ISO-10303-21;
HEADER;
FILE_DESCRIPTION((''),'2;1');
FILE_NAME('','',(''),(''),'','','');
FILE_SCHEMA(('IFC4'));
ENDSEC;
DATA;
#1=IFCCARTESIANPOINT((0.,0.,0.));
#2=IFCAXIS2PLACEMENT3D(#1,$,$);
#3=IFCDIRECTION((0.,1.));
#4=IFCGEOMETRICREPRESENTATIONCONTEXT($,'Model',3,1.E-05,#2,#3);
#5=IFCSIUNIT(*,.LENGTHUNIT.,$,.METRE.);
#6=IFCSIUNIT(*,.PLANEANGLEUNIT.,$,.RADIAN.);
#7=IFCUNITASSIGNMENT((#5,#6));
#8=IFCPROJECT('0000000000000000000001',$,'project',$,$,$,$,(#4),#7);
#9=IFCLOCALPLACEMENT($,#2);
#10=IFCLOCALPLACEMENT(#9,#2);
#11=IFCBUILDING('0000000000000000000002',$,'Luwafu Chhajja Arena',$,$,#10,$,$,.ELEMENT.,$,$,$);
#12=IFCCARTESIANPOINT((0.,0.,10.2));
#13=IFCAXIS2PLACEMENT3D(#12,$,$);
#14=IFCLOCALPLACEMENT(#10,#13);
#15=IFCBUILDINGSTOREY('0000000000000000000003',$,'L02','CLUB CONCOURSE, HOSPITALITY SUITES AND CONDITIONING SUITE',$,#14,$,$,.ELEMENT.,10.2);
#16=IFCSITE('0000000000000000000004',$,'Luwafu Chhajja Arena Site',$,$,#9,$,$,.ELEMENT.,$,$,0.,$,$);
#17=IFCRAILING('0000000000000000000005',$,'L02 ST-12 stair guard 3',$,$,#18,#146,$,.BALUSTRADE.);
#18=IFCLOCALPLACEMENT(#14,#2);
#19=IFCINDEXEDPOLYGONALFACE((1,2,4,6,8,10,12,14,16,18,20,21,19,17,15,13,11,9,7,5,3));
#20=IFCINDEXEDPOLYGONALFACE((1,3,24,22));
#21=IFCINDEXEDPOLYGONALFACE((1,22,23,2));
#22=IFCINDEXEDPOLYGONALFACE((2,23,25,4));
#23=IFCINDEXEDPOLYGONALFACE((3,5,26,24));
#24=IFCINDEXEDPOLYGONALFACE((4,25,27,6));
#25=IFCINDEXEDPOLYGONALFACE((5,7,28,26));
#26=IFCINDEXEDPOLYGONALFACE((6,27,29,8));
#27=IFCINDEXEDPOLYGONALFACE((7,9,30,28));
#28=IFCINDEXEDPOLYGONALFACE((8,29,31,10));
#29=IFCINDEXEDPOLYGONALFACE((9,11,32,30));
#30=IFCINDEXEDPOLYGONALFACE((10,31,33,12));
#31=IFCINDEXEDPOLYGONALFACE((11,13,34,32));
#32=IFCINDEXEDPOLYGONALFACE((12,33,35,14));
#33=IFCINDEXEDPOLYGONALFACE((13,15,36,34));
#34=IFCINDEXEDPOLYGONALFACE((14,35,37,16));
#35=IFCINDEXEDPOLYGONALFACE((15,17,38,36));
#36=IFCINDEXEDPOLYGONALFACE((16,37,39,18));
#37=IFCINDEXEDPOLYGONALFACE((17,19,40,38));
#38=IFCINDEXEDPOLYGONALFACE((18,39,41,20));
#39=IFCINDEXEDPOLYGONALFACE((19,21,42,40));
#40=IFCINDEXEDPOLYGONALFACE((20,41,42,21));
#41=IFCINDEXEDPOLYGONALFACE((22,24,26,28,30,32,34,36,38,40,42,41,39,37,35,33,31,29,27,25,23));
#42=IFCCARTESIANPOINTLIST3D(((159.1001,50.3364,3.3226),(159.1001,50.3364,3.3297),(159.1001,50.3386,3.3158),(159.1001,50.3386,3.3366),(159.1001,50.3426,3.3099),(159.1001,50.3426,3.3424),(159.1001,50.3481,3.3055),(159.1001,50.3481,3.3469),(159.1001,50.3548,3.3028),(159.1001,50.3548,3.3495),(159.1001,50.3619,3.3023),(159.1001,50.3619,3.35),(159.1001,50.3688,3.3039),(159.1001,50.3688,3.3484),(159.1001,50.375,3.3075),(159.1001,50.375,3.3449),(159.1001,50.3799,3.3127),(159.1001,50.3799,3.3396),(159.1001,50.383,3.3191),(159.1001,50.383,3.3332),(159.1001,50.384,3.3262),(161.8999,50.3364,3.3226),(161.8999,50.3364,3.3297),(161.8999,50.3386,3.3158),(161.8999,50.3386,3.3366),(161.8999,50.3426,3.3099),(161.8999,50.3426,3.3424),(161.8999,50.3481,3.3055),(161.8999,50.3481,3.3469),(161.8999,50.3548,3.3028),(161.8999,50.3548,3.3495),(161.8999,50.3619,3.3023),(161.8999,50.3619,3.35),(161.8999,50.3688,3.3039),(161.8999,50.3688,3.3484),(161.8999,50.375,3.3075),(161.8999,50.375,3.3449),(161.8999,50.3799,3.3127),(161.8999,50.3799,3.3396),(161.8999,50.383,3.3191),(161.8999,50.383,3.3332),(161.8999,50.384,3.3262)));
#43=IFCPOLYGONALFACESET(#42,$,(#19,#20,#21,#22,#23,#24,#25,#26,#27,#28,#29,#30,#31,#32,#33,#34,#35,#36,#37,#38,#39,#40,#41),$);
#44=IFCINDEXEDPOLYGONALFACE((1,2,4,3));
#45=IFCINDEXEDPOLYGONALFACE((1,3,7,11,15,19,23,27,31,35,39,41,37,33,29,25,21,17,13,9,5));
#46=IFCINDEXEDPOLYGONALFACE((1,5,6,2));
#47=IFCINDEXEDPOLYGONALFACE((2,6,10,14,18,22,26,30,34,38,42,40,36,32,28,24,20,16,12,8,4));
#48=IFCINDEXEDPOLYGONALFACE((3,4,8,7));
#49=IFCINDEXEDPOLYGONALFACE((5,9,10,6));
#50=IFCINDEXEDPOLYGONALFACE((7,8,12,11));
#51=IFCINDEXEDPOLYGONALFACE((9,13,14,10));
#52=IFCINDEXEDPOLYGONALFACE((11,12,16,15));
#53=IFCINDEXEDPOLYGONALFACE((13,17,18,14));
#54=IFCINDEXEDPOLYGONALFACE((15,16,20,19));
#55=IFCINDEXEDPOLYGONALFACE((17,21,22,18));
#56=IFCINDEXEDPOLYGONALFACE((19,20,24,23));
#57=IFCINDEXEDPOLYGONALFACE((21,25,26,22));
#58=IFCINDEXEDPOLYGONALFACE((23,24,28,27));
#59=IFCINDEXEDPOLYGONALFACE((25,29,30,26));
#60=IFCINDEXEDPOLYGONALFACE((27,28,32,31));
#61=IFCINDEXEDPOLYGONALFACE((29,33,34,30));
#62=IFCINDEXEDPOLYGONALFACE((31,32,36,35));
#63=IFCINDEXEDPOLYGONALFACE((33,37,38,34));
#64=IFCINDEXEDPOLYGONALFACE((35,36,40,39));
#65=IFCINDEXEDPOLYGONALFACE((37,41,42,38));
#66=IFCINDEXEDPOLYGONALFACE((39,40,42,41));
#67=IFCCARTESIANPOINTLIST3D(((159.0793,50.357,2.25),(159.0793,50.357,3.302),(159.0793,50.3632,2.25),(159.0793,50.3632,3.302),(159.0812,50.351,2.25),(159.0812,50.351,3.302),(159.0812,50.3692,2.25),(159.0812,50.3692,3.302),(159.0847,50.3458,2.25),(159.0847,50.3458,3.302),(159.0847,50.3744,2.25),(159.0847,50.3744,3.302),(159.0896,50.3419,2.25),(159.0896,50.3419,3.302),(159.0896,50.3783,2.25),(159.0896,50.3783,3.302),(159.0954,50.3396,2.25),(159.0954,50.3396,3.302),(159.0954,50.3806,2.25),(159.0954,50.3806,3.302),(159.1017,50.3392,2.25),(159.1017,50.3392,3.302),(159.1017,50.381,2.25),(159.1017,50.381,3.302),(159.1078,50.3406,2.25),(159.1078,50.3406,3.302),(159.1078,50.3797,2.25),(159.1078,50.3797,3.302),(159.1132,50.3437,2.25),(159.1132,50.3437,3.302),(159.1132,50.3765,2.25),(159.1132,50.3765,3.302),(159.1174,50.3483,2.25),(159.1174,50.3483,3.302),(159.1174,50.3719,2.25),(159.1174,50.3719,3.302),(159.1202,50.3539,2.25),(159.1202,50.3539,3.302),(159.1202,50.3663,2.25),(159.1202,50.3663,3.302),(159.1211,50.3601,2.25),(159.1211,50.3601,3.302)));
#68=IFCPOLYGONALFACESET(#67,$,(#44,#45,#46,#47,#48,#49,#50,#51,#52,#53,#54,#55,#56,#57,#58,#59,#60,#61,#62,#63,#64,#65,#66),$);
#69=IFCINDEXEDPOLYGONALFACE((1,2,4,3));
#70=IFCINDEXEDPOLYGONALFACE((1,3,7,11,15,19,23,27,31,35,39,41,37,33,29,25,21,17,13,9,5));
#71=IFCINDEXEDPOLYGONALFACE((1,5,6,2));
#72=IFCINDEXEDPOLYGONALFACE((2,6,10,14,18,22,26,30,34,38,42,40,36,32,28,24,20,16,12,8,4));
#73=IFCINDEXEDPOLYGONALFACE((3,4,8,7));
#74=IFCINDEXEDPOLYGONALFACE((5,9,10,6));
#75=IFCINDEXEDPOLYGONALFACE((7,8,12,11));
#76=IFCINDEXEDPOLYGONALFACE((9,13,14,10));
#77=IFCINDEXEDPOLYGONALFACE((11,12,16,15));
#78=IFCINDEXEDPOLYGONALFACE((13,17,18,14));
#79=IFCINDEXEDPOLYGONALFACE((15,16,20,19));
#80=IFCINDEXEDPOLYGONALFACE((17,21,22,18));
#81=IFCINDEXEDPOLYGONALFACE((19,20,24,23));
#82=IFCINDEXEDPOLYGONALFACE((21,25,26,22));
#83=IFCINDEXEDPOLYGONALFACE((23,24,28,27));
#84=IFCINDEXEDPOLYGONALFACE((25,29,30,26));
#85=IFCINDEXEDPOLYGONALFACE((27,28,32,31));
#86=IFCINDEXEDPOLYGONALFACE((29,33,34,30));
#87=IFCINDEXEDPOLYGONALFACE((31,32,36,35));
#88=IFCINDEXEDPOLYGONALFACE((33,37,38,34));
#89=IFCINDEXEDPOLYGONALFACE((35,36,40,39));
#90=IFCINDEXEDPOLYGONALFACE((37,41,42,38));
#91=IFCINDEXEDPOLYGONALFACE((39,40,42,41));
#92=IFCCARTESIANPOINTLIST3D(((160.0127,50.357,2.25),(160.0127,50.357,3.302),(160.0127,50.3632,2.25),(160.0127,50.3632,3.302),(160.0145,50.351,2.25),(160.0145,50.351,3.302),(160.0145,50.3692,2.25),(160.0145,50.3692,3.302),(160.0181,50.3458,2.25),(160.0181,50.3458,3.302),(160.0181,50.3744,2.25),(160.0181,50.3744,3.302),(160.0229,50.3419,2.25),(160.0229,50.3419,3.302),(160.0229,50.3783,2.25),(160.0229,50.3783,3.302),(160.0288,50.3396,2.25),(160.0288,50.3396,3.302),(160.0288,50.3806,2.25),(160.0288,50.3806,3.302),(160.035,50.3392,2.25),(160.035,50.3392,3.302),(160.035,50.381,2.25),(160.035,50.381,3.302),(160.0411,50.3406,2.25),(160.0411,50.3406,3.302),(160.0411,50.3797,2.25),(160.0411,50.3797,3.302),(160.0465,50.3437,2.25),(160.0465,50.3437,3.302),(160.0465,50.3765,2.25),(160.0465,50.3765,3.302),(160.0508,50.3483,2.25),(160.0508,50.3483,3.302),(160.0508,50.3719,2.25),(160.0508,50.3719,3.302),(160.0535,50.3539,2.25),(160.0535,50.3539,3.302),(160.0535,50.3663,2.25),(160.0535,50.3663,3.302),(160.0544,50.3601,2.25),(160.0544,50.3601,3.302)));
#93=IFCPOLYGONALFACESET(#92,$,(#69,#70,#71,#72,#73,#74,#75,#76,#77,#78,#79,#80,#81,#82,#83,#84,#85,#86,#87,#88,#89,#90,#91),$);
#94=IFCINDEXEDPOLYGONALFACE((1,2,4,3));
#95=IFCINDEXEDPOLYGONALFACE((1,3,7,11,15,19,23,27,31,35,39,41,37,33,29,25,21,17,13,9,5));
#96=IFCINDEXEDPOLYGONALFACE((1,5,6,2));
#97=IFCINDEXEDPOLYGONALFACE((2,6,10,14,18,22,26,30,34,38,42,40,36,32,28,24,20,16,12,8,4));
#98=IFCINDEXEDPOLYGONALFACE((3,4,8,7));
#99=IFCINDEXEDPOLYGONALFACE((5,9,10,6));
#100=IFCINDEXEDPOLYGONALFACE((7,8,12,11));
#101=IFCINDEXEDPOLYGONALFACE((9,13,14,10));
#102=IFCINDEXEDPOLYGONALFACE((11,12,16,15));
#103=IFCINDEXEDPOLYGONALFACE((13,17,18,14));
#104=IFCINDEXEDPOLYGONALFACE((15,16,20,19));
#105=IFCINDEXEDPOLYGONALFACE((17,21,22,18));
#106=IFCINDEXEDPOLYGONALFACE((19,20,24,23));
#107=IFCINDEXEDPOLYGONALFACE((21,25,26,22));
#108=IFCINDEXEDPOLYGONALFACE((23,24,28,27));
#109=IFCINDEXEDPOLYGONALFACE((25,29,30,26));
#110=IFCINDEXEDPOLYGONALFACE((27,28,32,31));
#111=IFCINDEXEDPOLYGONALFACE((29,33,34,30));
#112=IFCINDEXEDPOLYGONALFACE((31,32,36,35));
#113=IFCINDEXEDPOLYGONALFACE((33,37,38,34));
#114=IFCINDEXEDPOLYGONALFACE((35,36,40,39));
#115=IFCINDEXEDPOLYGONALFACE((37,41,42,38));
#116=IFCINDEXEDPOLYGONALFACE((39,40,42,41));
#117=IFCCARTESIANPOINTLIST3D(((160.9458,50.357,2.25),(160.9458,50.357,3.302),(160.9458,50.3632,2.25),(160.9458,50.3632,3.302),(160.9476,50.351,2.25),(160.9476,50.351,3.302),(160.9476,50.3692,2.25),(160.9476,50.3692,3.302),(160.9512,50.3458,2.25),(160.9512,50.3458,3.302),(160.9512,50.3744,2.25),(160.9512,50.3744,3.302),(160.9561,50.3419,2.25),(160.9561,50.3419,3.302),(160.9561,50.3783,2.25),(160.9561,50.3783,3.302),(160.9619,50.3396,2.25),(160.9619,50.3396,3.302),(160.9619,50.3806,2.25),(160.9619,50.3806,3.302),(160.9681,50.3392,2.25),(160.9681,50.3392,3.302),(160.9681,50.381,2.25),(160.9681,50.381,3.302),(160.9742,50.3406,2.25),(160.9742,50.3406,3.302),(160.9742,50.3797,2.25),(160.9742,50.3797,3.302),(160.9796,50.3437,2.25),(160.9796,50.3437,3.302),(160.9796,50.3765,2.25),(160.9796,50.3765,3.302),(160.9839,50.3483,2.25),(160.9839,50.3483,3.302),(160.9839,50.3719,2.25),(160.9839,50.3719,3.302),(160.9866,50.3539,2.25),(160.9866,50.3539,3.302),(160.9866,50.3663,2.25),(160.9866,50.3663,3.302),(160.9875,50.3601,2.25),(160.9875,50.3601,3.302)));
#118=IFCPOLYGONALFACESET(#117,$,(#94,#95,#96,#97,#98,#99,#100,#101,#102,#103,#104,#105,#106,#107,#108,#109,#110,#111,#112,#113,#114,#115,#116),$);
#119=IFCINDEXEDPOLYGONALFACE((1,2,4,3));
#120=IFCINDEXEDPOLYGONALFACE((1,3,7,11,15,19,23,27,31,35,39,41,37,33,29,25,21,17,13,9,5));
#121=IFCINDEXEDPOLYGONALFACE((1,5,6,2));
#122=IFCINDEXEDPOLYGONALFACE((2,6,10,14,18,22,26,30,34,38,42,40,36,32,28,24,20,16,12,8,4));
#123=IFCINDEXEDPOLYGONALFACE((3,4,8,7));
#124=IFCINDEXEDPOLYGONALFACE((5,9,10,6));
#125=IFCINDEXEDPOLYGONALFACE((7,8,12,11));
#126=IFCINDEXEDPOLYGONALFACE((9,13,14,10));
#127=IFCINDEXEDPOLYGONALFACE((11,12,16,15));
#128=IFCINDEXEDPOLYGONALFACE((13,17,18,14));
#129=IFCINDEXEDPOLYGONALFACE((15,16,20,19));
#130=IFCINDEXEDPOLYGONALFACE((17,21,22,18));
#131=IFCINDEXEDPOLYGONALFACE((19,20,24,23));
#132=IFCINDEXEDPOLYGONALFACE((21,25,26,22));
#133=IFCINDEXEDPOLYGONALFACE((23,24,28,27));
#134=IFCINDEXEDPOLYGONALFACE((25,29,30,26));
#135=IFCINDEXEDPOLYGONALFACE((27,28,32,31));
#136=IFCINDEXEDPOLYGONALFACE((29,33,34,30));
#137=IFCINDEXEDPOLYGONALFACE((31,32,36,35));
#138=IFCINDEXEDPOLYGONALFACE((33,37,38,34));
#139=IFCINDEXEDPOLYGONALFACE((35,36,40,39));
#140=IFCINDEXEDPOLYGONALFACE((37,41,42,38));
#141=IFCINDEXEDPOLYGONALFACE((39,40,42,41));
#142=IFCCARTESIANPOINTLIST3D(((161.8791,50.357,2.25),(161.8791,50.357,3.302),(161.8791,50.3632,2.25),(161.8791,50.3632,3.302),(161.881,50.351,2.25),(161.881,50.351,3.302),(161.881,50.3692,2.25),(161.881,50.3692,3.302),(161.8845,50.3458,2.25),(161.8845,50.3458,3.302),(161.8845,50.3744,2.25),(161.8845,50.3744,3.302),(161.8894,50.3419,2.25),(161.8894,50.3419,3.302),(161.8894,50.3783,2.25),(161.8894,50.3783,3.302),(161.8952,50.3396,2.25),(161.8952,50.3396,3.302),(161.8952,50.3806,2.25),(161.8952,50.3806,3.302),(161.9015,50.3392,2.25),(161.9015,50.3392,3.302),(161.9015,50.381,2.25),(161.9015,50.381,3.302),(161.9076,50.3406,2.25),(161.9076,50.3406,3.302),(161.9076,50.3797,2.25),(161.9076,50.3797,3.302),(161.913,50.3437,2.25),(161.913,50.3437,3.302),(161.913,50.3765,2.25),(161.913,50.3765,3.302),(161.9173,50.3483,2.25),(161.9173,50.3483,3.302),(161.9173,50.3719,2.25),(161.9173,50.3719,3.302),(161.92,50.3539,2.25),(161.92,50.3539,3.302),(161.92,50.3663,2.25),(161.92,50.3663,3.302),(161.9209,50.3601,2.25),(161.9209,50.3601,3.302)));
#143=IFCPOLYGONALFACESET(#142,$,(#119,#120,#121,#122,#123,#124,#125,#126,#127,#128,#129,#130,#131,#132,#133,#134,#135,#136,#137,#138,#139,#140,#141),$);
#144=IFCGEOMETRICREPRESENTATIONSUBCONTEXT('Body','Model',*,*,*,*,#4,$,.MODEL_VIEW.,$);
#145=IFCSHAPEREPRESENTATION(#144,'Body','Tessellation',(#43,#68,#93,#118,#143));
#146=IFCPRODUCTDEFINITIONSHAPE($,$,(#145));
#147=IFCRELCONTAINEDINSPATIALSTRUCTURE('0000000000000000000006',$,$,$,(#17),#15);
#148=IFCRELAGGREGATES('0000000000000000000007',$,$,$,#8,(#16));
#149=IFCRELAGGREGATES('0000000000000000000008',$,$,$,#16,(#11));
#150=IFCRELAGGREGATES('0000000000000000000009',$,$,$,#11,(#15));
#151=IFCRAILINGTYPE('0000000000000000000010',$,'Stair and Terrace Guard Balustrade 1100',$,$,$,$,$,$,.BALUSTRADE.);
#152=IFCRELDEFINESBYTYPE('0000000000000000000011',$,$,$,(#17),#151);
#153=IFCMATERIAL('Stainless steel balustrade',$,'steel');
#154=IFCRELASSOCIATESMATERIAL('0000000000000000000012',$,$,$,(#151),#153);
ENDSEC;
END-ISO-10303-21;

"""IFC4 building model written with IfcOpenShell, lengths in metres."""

from ifc_helpers import new_model, si_unit, direction, frame, origin, origin_2d, place, context, subcontext, project, spatial, circle, extrude, material, type_object, element, save


model = new_model("IFC4")

# Units and contexts
model_context = context("Model", 3, precision=1e-05, world=origin(), true_north=direction((0.0, 1.0)))
body_context = subcontext(model_context, "Body", "Model", "MODEL_VIEW")
ifc_project = project(units=[si_unit("LENGTHUNIT", "METRE"), si_unit("PLANEANGLEUNIT", "RADIAN")], contexts=[model_context])

# Site, building, storey
site_placement = place(None, origin())
site = spatial("IfcSite", under=ifc_project, at=site_placement, Name="Luwafu Chhajja Arena Site", CompositionType="ELEMENT", RefElevation=0.0)
building_placement = place(site_placement, origin())
building = spatial("IfcBuilding", under=site, at=building_placement, Name="Luwafu Chhajja Arena", CompositionType="ELEMENT")
storey_placement = place(building_placement, frame((0.0, 0.0, 10.2)))
storey = spatial("IfcBuildingStorey", under=building, at=storey_placement, Name="L02", Description="CLUB CONCOURSE, HOSPITALITY SUITES AND CONDITIONING SUITE", CompositionType="ELEMENT", Elevation=10.2)

# Railing
ifc_material_1 = material(Name="Stainless steel balustrade", Category="steel")
railing_type_1 = type_object("IfcRailingType", Name="Stair and Terrace Guard Balustrade 1100", PredefinedType="BALUSTRADE", material=ifc_material_1)
railing_1_placement = place(storey_placement, frame((159.1001, 50.3601, 2.25)))
element("IfcRailing", 1, at=railing_1_placement, inside=storey, type_object=railing_type_1, Name="L02 ST-12 stair guard 3", PredefinedType="BALUSTRADE", context=body_context, shape_type="SweptSolid", body=[
    extrude(circle(Radius=0.0239, at=origin_2d()), frame((0.0, 0.0, 1.0762), z_axis=(1.0, 0.0, 0.0), x_axis=(0.0, 1.0, 0.0)), (0.0, 0.0, 1.0), 2.7998),
    extrude(circle(Radius=0.021, at=origin_2d()), origin(), (0.0, 0.0, 1.0), 1.052),
    extrude(circle(Radius=0.021, at=origin_2d()), frame((0.9333, 0.0, 0.0)), (0.0, 0.0, 1.0), 1.052),
    extrude(circle(Radius=0.021, at=origin_2d()), frame((1.8665, 0.0, 0.0)), (0.0, 0.0, 1.0), 1.052),
    extrude(circle(Radius=0.021, at=origin_2d()), frame((2.7998, 0.0, 0.0)), (0.0, 0.0, 1.0), 1.052),
])

save(model, "model.ifc")
